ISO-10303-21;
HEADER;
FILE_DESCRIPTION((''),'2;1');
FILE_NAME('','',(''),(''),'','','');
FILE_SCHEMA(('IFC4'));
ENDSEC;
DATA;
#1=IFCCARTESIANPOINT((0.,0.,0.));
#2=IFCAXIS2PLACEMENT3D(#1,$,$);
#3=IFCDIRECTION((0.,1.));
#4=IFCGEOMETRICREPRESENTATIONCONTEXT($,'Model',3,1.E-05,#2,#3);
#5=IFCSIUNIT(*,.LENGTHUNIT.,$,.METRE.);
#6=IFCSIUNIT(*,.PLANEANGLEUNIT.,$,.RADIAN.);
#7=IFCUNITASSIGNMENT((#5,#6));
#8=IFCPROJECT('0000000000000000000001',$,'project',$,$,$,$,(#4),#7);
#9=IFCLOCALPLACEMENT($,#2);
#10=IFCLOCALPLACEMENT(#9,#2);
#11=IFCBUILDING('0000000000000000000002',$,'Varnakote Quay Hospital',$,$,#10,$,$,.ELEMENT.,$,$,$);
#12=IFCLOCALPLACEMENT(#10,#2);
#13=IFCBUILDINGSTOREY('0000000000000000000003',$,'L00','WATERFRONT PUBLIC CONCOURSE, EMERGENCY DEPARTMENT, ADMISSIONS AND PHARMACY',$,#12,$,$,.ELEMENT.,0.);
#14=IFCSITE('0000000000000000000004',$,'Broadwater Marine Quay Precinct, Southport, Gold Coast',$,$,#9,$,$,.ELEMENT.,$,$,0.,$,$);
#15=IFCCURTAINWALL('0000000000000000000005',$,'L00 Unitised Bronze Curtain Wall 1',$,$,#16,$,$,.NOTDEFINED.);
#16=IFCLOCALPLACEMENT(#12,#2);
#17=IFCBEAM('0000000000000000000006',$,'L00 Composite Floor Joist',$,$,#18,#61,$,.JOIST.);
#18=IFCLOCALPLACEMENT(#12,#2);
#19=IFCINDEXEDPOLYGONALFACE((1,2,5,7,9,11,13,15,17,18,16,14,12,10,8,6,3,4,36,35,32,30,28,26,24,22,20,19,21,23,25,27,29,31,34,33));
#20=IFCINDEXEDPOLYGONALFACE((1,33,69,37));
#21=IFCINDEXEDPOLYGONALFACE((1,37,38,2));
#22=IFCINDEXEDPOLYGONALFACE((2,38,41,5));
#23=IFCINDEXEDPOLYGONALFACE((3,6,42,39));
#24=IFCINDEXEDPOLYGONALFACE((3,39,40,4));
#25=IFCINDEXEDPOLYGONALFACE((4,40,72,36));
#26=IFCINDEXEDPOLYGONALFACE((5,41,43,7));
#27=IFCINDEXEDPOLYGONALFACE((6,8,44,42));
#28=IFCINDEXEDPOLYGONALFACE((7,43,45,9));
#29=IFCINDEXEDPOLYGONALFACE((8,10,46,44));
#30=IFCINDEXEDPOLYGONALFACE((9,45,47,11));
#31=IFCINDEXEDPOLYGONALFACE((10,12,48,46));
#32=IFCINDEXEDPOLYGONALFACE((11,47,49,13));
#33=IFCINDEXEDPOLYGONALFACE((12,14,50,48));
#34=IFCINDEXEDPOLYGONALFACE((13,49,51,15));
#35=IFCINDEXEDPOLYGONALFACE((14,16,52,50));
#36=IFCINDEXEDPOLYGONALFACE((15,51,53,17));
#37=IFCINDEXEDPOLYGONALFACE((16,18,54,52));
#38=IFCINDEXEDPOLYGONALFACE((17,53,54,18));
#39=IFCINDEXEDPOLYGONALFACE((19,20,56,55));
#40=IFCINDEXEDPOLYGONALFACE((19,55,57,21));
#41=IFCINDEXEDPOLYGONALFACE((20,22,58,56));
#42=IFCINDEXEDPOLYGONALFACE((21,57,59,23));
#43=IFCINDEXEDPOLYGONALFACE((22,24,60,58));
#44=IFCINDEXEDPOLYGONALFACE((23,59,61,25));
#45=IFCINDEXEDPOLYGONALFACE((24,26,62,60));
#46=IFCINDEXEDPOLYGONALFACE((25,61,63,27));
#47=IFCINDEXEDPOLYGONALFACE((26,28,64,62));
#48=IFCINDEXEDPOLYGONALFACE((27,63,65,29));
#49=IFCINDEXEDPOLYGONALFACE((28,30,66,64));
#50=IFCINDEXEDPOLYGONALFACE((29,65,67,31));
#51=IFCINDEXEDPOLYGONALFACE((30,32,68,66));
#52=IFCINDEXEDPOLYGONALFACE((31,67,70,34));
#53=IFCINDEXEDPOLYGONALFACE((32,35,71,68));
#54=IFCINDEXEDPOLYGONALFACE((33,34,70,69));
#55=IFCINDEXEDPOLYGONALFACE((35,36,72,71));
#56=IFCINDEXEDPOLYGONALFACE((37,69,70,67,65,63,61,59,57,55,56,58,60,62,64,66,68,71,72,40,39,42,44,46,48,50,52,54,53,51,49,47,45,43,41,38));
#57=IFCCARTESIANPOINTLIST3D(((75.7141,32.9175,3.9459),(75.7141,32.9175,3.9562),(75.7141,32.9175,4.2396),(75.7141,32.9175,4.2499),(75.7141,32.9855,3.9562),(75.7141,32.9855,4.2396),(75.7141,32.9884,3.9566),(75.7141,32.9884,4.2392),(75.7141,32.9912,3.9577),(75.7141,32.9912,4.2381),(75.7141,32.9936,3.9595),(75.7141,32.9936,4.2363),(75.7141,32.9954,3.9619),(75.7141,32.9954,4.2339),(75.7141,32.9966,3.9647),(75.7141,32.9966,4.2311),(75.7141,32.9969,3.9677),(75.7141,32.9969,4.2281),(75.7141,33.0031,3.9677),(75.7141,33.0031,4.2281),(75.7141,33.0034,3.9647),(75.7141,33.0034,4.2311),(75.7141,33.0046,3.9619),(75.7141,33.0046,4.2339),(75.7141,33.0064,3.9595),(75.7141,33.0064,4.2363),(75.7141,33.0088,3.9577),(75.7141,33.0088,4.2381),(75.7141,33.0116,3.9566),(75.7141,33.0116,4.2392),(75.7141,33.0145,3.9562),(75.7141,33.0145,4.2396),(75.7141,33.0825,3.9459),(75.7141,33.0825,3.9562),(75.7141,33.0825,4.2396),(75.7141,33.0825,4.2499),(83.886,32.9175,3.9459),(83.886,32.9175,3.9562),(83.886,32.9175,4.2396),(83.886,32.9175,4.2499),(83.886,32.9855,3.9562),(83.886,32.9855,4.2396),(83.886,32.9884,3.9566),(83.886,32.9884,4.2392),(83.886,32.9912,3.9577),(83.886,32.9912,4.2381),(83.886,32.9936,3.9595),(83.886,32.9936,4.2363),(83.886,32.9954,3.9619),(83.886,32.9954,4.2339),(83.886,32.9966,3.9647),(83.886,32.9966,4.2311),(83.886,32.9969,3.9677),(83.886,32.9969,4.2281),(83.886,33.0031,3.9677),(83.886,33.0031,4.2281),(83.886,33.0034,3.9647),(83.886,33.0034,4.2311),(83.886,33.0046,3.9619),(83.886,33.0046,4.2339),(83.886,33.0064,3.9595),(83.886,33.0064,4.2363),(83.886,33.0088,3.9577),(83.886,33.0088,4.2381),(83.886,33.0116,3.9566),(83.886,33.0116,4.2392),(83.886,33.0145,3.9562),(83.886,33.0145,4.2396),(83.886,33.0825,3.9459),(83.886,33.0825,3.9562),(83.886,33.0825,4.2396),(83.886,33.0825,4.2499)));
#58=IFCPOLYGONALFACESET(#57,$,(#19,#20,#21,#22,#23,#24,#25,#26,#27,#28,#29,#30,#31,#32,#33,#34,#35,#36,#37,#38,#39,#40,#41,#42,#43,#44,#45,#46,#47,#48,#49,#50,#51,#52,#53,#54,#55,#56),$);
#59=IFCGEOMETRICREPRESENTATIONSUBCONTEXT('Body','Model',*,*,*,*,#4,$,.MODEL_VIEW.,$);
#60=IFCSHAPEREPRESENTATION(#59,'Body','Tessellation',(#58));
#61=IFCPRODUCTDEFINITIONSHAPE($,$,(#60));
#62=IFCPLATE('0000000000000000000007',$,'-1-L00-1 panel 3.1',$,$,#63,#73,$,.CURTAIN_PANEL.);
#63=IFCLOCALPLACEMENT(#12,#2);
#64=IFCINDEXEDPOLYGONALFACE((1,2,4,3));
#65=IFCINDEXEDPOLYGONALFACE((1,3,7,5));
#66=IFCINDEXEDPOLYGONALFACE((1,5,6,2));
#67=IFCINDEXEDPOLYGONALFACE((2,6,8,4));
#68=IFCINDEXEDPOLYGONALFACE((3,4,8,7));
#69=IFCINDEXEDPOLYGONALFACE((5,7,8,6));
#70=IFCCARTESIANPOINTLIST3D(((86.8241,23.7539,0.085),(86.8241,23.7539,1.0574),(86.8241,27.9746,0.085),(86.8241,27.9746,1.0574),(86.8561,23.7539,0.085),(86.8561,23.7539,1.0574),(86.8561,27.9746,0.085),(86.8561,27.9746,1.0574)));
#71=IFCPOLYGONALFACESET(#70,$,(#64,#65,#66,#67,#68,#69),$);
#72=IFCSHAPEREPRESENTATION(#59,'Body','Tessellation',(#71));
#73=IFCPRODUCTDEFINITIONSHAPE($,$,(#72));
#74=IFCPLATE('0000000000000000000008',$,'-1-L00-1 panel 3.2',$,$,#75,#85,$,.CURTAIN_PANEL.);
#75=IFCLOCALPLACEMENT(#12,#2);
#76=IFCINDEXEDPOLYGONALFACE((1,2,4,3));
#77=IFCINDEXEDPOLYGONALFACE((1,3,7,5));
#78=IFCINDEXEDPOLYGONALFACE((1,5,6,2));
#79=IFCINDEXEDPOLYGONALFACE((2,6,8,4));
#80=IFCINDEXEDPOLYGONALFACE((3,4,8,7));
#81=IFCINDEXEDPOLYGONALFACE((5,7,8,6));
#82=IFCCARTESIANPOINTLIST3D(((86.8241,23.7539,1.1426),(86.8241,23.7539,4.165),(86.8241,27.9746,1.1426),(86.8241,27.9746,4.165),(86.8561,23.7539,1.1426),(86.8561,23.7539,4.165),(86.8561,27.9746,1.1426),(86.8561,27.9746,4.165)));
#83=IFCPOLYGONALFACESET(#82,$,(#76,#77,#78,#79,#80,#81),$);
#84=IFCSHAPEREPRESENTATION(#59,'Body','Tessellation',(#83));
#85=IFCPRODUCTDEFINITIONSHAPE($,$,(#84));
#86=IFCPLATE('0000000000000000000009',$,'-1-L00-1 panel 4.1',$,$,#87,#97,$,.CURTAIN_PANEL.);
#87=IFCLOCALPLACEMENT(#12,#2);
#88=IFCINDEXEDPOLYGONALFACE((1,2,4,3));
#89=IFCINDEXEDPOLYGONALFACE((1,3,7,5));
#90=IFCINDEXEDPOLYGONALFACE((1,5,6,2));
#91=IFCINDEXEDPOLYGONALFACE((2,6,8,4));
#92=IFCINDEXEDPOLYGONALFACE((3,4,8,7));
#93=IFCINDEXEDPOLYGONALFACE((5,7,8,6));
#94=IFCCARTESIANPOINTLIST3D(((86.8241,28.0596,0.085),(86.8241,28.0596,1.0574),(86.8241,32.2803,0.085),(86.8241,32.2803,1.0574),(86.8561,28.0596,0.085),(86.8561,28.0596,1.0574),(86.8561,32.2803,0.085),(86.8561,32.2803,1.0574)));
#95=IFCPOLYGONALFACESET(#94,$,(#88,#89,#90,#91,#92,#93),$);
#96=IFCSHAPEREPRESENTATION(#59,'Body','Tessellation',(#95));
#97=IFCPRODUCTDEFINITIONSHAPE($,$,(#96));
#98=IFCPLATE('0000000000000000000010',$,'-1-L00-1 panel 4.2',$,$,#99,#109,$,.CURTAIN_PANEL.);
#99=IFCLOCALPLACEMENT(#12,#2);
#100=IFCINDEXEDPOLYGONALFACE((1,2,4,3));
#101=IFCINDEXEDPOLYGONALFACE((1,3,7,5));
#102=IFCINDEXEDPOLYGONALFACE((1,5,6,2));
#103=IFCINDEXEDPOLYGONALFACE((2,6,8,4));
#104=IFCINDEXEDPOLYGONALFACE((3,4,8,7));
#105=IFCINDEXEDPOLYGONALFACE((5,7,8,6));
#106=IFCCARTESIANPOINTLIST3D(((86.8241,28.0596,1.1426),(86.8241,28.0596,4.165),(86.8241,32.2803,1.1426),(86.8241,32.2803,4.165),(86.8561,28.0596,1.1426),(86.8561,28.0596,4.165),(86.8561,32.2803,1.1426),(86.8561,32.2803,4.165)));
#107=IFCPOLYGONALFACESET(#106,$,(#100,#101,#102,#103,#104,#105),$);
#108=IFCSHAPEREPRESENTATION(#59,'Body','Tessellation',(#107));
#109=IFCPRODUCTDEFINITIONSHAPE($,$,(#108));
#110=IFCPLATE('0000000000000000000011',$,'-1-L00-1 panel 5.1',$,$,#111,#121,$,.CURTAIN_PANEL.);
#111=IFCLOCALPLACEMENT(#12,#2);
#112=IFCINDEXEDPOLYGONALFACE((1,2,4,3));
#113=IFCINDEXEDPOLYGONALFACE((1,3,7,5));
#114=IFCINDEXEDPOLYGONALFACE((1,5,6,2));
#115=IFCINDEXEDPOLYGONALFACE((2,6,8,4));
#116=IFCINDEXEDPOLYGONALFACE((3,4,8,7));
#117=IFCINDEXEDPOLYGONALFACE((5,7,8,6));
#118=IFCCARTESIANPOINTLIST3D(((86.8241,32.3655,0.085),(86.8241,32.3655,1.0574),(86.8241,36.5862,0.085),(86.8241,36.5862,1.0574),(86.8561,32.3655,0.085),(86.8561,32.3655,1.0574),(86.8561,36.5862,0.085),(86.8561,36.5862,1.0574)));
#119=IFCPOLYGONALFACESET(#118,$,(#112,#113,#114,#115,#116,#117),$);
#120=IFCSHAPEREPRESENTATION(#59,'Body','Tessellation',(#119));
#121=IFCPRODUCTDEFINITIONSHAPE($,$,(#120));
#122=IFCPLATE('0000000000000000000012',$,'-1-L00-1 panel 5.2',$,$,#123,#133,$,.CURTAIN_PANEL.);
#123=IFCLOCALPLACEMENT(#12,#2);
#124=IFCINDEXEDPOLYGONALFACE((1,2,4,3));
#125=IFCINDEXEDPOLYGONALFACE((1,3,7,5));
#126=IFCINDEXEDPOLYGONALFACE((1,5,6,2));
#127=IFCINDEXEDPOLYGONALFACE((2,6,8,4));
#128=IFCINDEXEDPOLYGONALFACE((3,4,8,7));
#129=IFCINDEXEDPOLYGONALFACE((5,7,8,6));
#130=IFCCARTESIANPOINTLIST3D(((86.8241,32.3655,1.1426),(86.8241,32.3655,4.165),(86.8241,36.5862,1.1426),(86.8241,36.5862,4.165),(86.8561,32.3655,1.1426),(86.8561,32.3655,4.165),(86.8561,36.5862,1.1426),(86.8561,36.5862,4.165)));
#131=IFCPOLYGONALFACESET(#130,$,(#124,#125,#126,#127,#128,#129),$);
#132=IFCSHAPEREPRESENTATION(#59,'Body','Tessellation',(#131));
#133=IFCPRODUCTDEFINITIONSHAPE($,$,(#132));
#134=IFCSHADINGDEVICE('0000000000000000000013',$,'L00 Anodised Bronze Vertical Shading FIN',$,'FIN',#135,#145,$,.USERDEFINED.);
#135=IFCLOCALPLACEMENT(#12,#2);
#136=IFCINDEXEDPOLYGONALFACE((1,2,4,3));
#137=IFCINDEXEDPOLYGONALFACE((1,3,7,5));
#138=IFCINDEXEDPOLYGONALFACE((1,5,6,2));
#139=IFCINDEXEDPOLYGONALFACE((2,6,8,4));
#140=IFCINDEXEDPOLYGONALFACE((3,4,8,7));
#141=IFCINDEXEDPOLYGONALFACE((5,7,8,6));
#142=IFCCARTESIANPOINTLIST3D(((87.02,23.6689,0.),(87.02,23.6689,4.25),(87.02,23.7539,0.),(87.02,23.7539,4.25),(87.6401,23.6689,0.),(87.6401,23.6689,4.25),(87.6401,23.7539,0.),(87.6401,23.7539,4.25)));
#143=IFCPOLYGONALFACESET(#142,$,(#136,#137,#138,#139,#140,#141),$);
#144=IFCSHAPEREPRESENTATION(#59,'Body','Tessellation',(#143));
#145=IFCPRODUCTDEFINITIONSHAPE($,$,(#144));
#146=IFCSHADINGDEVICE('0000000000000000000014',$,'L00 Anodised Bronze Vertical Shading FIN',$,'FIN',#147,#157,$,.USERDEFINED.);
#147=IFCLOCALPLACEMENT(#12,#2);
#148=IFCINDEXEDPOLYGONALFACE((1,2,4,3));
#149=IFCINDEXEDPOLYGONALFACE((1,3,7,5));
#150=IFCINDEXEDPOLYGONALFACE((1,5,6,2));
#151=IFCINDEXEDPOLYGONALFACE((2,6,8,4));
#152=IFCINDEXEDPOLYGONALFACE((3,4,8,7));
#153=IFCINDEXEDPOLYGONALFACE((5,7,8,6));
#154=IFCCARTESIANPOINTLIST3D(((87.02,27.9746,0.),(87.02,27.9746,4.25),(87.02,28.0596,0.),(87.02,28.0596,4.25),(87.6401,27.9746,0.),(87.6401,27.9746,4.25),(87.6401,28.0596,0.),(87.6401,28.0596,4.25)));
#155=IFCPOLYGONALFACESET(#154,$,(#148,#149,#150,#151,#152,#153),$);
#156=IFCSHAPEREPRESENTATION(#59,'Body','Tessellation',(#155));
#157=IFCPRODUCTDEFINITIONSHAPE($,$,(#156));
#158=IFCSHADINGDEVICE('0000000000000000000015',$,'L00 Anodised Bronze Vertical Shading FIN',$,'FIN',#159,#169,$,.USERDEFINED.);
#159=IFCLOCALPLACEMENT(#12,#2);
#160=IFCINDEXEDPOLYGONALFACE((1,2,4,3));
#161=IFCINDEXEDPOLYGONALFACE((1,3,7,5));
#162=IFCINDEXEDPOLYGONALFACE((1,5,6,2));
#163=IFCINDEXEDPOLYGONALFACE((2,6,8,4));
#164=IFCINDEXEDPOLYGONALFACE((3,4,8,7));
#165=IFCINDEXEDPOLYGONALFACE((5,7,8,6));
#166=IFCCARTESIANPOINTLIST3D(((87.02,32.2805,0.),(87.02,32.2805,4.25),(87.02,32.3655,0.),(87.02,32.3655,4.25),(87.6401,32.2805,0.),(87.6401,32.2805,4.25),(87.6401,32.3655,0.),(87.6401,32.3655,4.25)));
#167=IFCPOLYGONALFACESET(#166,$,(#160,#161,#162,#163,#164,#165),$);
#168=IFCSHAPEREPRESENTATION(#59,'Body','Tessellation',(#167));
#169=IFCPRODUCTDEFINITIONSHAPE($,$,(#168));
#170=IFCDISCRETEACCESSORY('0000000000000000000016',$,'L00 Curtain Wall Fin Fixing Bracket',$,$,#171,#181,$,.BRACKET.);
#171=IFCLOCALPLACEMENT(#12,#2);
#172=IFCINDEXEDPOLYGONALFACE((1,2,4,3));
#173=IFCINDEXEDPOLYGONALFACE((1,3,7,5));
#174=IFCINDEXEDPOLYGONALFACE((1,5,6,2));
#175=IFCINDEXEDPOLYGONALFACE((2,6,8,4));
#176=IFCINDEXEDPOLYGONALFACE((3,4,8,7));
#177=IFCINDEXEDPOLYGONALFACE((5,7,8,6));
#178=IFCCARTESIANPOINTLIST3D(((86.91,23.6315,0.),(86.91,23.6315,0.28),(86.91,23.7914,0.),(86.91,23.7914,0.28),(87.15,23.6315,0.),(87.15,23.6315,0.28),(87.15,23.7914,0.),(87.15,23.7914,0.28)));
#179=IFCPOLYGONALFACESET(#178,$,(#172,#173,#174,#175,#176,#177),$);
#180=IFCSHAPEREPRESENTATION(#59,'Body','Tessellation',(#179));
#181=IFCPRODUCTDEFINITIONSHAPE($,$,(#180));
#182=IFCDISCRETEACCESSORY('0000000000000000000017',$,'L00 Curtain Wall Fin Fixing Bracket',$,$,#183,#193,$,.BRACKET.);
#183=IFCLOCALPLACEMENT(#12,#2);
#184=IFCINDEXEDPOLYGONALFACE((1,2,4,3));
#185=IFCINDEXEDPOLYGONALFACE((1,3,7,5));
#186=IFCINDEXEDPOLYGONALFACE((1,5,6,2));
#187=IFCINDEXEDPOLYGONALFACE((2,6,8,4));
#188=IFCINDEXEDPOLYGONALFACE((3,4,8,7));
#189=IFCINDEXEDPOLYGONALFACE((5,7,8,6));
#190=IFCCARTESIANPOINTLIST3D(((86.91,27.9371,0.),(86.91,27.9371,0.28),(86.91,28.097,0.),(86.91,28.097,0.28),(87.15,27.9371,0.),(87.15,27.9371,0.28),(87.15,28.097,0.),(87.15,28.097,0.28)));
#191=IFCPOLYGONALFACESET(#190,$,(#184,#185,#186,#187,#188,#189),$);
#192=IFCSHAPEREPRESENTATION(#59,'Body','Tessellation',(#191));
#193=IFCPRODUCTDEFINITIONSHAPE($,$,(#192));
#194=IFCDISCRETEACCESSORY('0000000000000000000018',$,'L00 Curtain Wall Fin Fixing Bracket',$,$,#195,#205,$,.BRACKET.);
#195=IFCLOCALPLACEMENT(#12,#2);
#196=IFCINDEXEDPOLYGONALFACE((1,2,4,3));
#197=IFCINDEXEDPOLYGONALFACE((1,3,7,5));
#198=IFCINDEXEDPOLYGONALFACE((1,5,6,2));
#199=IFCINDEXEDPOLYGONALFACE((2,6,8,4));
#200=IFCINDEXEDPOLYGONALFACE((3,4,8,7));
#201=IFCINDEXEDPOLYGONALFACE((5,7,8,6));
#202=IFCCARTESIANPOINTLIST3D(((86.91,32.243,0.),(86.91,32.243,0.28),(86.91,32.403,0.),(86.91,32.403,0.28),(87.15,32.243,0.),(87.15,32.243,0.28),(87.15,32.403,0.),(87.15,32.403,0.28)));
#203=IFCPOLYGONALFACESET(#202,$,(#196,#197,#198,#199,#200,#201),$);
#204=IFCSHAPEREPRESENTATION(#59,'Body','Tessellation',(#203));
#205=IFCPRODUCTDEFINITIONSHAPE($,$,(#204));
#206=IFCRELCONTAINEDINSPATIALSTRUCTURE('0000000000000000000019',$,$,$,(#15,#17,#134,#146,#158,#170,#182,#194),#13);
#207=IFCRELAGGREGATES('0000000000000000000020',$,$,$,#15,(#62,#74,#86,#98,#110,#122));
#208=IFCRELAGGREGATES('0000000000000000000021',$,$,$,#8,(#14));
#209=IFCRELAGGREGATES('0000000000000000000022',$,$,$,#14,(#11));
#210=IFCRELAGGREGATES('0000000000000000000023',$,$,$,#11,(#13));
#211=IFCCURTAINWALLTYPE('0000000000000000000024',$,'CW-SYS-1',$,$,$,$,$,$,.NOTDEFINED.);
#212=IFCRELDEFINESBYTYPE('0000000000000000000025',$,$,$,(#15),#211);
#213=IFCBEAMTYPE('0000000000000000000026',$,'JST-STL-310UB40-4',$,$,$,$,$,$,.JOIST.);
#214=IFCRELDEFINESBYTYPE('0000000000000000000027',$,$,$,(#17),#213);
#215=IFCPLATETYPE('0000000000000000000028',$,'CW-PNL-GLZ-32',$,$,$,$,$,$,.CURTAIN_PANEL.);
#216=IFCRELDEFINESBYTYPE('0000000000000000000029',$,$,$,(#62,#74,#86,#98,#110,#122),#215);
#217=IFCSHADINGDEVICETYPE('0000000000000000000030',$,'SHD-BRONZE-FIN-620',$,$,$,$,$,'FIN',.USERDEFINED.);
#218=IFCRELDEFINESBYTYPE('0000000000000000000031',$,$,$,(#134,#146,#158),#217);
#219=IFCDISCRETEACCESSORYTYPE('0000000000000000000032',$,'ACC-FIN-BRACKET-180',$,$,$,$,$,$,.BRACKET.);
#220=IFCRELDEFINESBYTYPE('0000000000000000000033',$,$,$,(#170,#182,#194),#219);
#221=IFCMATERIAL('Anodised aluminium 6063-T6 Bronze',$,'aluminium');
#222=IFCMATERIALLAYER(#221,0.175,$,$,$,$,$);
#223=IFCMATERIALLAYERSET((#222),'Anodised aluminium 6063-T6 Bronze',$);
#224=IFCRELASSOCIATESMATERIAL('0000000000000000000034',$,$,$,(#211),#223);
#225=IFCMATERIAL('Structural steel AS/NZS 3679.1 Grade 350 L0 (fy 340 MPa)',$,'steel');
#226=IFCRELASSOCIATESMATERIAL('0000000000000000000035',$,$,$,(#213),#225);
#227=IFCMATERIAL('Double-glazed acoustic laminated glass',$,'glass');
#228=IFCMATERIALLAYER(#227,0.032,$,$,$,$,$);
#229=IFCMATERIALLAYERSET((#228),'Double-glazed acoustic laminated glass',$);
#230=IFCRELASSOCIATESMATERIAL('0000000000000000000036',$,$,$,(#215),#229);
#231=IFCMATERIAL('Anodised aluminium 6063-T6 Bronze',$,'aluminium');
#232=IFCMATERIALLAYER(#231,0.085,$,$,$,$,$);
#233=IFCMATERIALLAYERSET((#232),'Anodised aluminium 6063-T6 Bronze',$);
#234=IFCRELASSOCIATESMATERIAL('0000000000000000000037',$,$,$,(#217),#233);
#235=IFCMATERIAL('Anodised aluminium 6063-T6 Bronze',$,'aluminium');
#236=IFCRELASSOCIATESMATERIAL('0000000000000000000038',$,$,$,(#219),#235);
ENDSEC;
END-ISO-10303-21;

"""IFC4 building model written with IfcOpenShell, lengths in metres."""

from ifc_helpers import new_model, si_unit, direction, frame, origin, origin_2d, place, context, subcontext, project, spatial, rectangle, i_section, extrude, material, layer, layer_set, material_profile, profile_set, type_object, element, aggregate, save


model = new_model("IFC4")

# Units and contexts
model_context = context("Model", 3, precision=1e-05, world=origin(), true_north=direction((0.0, 1.0)))
body_context = subcontext(model_context, "Body", "Model", "MODEL_VIEW")
ifc_project = project(units=[si_unit("LENGTHUNIT", "METRE"), si_unit("PLANEANGLEUNIT", "RADIAN")], contexts=[model_context])

# Site, building, storey
site_placement = place(None, origin())
site = spatial("IfcSite", under=ifc_project, at=site_placement, Name="Broadwater Marine Quay Precinct, Southport, Gold Coast", CompositionType="ELEMENT", RefElevation=0.0)
building_placement = place(site_placement, origin())
building = spatial("IfcBuilding", under=site, at=building_placement, Name="Varnakote Quay Hospital", CompositionType="ELEMENT")
storey_placement = place(building_placement, origin())
storey = spatial("IfcBuildingStorey", under=building, at=storey_placement, Name="L00", Description="WATERFRONT PUBLIC CONCOURSE, EMERGENCY DEPARTMENT, ADMISSIONS AND PHARMACY", CompositionType="ELEMENT", Elevation=0.0)

# Curtain wall
ifc_material_1 = material(Name="Anodised aluminium 6063-T6 Bronze", Category="aluminium")
ifc_layer_1 = layer(ifc_material_1, 0.175)
ifc_layer_set_1 = layer_set([ifc_layer_1], Name="Anodised aluminium 6063-T6 Bronze")
curtain_wall_type = type_object("IfcCurtainWallType", Name="CW-SYS-1", PredefinedType="NOTDEFINED", material=ifc_layer_set_1)
curtain_wall_placement = place(storey_placement, origin())
curtain_wall = element("IfcCurtainWall", 1, at=curtain_wall_placement, inside=storey, type_object=curtain_wall_type, Name="L00 Unitised Bronze Curtain Wall 1", PredefinedType="NOTDEFINED")

# Beam
ifc_material_2 = material(Name="Structural steel AS/NZS 3679.1 Grade 350 L0 (fy 340 MPa)", Category="steel")
ifc_material_profile_1 = material_profile(ifc_material_2, i_section(OverallWidth=0.165, OverallDepth=0.304, WebThickness=0.0061, FlangeThickness=0.0103, FilletRadius=0.0115, at=origin_2d()), Name="310UB40.4")
ifc_profile_set_1 = profile_set([ifc_material_profile_1], Name="Structural steel AS/NZS 3679.1 Grade 350 L0 (fy 340 MPa)")
beam_type_1 = type_object("IfcBeamType", Name="JST-STL-310UB40-4", PredefinedType="JOIST", material=ifc_profile_set_1)
for number, where, z_axis, x_axis, name in (
    (2, (75.7141, 33.0, 4.0979), (1.0, 0.0, 0.0), (0.0, 1.0, 0.0), "L00 Composite Floor Joist"),
):
    element("IfcBeam", number, at=place(storey_placement, frame(where, z_axis=z_axis, x_axis=x_axis)), inside=storey, type_object=beam_type_1, Name=name, PredefinedType="JOIST", context=body_context, shape_type="SweptSolid", body=[
        extrude(i_section(OverallWidth=0.165, OverallDepth=0.304, WebThickness=0.0061, FlangeThickness=0.0103, FilletRadius=0.0115, at=origin_2d()), origin(), (0.0, 0.0, 1.0), 8.1719),
    ])

# Plates
ifc_material_3 = material(Name="Double-glazed acoustic laminated glass", Category="glass")
ifc_layer_2 = layer(ifc_material_3, 0.032)
ifc_layer_set_2 = layer_set([ifc_layer_2], Name="Double-glazed acoustic laminated glass")
plate_type = type_object("IfcPlateType", Name="CW-PNL-GLZ-32", PredefinedType="CURTAIN_PANEL", material=ifc_layer_set_2)
plate_1_placement = place(storey_placement, frame((86.8401, 25.8643, 0.085), z_axis=(0.0, 0.0, 1.0), x_axis=(0.0, 1.0, 0.0)))
plate_1 = element("IfcPlate", 3, at=plate_1_placement, type_object=plate_type, Name="-1-L00-1 panel 3.1", PredefinedType="CURTAIN_PANEL", context=body_context, shape_type="SweptSolid", body=[
    extrude(rectangle(XDim=4.2207, YDim=0.032, at=origin_2d()), origin(), (0.0, 0.0, 1.0), 0.9724),
])
plate_2_placement = place(storey_placement, frame((86.8401, 25.8643, 1.1426), z_axis=(0.0, 0.0, 1.0), x_axis=(0.0, 1.0, 0.0)))
plate_2 = element("IfcPlate", 4, at=plate_2_placement, type_object=plate_type, Name="-1-L00-1 panel 3.2", PredefinedType="CURTAIN_PANEL", context=body_context, shape_type="SweptSolid", body=[
    extrude(rectangle(XDim=4.2207, YDim=0.032, at=origin_2d()), origin(), (0.0, 0.0, 1.0), 3.0225),
])
plate_3_placement = place(storey_placement, frame((86.8401, 30.1699, 0.085), z_axis=(0.0, 0.0, 1.0), x_axis=(0.0, 1.0, 0.0)))
plate_3 = element("IfcPlate", 5, at=plate_3_placement, type_object=plate_type, Name="-1-L00-1 panel 4.1", PredefinedType="CURTAIN_PANEL", context=body_context, shape_type="SweptSolid", body=[
    extrude(rectangle(XDim=4.2207, YDim=0.032, at=origin_2d()), origin(), (0.0, 0.0, 1.0), 0.9724),
])
plate_4_placement = place(storey_placement, frame((86.8401, 30.1699, 1.1426), z_axis=(0.0, 0.0, 1.0), x_axis=(0.0, 1.0, 0.0)))
plate_4 = element("IfcPlate", 6, at=plate_4_placement, type_object=plate_type, Name="-1-L00-1 panel 4.2", PredefinedType="CURTAIN_PANEL", context=body_context, shape_type="SweptSolid", body=[
    extrude(rectangle(XDim=4.2207, YDim=0.032, at=origin_2d()), origin(), (0.0, 0.0, 1.0), 3.0225),
])
plate_5_placement = place(storey_placement, frame((86.8401, 34.4758, 0.085), z_axis=(0.0, 0.0, 1.0), x_axis=(0.0, 1.0, 0.0)))
plate_5 = element("IfcPlate", 7, at=plate_5_placement, type_object=plate_type, Name="-1-L00-1 panel 5.1", PredefinedType="CURTAIN_PANEL", context=body_context, shape_type="SweptSolid", body=[
    extrude(rectangle(XDim=4.2207, YDim=0.032, at=origin_2d()), origin(), (0.0, 0.0, 1.0), 0.9724),
])
plate_6_placement = place(storey_placement, frame((86.8401, 34.4758, 1.1426), z_axis=(0.0, 0.0, 1.0), x_axis=(0.0, 1.0, 0.0)))
plate_6 = element("IfcPlate", 8, at=plate_6_placement, type_object=plate_type, Name="-1-L00-1 panel 5.2", PredefinedType="CURTAIN_PANEL", context=body_context, shape_type="SweptSolid", body=[
    extrude(rectangle(XDim=4.2207, YDim=0.032, at=origin_2d()), origin(), (0.0, 0.0, 1.0), 3.0225),
])
aggregate(curtain_wall, [plate_1, plate_2, plate_3, plate_4, plate_5, plate_6])

# Shading devices
ifc_material_4 = material(Name="Anodised aluminium 6063-T6 Bronze", Category="aluminium")
ifc_layer_3 = layer(ifc_material_4, 0.085)
ifc_layer_set_3 = layer_set([ifc_layer_3], Name="Anodised aluminium 6063-T6 Bronze")
shading_device_type = type_object("IfcShadingDeviceType", Name="SHD-BRONZE-FIN-620", ElementType="FIN", PredefinedType="USERDEFINED", material=ifc_layer_set_3)
for number, where, z_axis, x_axis, name in (
    (9, (87.3301, 23.7114, 0.0), (0.0, 0.0, 1.0), (-1.0, 0.0, 0.0), "L00 Anodised Bronze Vertical Shading FIN"),
    (10, (87.3301, 28.0171, 0.0), (0.0, 0.0, 1.0), (-1.0, 0.0, 0.0), "L00 Anodised Bronze Vertical Shading FIN"),
    (11, (87.3301, 32.323, 0.0), (0.0, 0.0, 1.0), (-1.0, 0.0, 0.0), "L00 Anodised Bronze Vertical Shading FIN"),
):
    element("IfcShadingDevice", number, at=place(storey_placement, frame(where, z_axis=z_axis, x_axis=x_axis)), inside=storey, type_object=shading_device_type, Name=name, ObjectType="FIN", PredefinedType="USERDEFINED", context=body_context, shape_type="SweptSolid", body=[
        extrude(rectangle(XDim=0.6201, YDim=0.085, at=origin_2d()), origin(), (0.0, 0.0, 1.0), 4.25),
    ])

# Discrete accessories
ifc_material_5 = material(Name="Anodised aluminium 6063-T6 Bronze", Category="aluminium")
discrete_accessory_type = type_object("IfcDiscreteAccessoryType", Name="ACC-FIN-BRACKET-180", PredefinedType="BRACKET", material=ifc_material_5)
for number, where, z_axis, x_axis, name in (
    (12, (87.03, 23.7114, 0.0), (0.0, 0.0, 1.0), (0.0, 1.0, 0.0), "L00 Curtain Wall Fin Fixing Bracket"),
    (13, (87.03, 28.0171, 0.0), (0.0, 0.0, 1.0), (0.0, 1.0, 0.0), "L00 Curtain Wall Fin Fixing Bracket"),
    (14, (87.03, 32.323, 0.0), (0.0, 0.0, 1.0), (0.0, 1.0, 0.0), "L00 Curtain Wall Fin Fixing Bracket"),
):
    element("IfcDiscreteAccessory", number, at=place(storey_placement, frame(where, z_axis=z_axis, x_axis=x_axis)), inside=storey, type_object=discrete_accessory_type, Name=name, PredefinedType="BRACKET", context=body_context, shape_type="SweptSolid", body=[
        extrude(rectangle(XDim=0.1599, YDim=0.24, at=origin_2d()), origin(), (0.0, 0.0, 1.0), 0.28),
    ])

save(model, "model.ifc")
